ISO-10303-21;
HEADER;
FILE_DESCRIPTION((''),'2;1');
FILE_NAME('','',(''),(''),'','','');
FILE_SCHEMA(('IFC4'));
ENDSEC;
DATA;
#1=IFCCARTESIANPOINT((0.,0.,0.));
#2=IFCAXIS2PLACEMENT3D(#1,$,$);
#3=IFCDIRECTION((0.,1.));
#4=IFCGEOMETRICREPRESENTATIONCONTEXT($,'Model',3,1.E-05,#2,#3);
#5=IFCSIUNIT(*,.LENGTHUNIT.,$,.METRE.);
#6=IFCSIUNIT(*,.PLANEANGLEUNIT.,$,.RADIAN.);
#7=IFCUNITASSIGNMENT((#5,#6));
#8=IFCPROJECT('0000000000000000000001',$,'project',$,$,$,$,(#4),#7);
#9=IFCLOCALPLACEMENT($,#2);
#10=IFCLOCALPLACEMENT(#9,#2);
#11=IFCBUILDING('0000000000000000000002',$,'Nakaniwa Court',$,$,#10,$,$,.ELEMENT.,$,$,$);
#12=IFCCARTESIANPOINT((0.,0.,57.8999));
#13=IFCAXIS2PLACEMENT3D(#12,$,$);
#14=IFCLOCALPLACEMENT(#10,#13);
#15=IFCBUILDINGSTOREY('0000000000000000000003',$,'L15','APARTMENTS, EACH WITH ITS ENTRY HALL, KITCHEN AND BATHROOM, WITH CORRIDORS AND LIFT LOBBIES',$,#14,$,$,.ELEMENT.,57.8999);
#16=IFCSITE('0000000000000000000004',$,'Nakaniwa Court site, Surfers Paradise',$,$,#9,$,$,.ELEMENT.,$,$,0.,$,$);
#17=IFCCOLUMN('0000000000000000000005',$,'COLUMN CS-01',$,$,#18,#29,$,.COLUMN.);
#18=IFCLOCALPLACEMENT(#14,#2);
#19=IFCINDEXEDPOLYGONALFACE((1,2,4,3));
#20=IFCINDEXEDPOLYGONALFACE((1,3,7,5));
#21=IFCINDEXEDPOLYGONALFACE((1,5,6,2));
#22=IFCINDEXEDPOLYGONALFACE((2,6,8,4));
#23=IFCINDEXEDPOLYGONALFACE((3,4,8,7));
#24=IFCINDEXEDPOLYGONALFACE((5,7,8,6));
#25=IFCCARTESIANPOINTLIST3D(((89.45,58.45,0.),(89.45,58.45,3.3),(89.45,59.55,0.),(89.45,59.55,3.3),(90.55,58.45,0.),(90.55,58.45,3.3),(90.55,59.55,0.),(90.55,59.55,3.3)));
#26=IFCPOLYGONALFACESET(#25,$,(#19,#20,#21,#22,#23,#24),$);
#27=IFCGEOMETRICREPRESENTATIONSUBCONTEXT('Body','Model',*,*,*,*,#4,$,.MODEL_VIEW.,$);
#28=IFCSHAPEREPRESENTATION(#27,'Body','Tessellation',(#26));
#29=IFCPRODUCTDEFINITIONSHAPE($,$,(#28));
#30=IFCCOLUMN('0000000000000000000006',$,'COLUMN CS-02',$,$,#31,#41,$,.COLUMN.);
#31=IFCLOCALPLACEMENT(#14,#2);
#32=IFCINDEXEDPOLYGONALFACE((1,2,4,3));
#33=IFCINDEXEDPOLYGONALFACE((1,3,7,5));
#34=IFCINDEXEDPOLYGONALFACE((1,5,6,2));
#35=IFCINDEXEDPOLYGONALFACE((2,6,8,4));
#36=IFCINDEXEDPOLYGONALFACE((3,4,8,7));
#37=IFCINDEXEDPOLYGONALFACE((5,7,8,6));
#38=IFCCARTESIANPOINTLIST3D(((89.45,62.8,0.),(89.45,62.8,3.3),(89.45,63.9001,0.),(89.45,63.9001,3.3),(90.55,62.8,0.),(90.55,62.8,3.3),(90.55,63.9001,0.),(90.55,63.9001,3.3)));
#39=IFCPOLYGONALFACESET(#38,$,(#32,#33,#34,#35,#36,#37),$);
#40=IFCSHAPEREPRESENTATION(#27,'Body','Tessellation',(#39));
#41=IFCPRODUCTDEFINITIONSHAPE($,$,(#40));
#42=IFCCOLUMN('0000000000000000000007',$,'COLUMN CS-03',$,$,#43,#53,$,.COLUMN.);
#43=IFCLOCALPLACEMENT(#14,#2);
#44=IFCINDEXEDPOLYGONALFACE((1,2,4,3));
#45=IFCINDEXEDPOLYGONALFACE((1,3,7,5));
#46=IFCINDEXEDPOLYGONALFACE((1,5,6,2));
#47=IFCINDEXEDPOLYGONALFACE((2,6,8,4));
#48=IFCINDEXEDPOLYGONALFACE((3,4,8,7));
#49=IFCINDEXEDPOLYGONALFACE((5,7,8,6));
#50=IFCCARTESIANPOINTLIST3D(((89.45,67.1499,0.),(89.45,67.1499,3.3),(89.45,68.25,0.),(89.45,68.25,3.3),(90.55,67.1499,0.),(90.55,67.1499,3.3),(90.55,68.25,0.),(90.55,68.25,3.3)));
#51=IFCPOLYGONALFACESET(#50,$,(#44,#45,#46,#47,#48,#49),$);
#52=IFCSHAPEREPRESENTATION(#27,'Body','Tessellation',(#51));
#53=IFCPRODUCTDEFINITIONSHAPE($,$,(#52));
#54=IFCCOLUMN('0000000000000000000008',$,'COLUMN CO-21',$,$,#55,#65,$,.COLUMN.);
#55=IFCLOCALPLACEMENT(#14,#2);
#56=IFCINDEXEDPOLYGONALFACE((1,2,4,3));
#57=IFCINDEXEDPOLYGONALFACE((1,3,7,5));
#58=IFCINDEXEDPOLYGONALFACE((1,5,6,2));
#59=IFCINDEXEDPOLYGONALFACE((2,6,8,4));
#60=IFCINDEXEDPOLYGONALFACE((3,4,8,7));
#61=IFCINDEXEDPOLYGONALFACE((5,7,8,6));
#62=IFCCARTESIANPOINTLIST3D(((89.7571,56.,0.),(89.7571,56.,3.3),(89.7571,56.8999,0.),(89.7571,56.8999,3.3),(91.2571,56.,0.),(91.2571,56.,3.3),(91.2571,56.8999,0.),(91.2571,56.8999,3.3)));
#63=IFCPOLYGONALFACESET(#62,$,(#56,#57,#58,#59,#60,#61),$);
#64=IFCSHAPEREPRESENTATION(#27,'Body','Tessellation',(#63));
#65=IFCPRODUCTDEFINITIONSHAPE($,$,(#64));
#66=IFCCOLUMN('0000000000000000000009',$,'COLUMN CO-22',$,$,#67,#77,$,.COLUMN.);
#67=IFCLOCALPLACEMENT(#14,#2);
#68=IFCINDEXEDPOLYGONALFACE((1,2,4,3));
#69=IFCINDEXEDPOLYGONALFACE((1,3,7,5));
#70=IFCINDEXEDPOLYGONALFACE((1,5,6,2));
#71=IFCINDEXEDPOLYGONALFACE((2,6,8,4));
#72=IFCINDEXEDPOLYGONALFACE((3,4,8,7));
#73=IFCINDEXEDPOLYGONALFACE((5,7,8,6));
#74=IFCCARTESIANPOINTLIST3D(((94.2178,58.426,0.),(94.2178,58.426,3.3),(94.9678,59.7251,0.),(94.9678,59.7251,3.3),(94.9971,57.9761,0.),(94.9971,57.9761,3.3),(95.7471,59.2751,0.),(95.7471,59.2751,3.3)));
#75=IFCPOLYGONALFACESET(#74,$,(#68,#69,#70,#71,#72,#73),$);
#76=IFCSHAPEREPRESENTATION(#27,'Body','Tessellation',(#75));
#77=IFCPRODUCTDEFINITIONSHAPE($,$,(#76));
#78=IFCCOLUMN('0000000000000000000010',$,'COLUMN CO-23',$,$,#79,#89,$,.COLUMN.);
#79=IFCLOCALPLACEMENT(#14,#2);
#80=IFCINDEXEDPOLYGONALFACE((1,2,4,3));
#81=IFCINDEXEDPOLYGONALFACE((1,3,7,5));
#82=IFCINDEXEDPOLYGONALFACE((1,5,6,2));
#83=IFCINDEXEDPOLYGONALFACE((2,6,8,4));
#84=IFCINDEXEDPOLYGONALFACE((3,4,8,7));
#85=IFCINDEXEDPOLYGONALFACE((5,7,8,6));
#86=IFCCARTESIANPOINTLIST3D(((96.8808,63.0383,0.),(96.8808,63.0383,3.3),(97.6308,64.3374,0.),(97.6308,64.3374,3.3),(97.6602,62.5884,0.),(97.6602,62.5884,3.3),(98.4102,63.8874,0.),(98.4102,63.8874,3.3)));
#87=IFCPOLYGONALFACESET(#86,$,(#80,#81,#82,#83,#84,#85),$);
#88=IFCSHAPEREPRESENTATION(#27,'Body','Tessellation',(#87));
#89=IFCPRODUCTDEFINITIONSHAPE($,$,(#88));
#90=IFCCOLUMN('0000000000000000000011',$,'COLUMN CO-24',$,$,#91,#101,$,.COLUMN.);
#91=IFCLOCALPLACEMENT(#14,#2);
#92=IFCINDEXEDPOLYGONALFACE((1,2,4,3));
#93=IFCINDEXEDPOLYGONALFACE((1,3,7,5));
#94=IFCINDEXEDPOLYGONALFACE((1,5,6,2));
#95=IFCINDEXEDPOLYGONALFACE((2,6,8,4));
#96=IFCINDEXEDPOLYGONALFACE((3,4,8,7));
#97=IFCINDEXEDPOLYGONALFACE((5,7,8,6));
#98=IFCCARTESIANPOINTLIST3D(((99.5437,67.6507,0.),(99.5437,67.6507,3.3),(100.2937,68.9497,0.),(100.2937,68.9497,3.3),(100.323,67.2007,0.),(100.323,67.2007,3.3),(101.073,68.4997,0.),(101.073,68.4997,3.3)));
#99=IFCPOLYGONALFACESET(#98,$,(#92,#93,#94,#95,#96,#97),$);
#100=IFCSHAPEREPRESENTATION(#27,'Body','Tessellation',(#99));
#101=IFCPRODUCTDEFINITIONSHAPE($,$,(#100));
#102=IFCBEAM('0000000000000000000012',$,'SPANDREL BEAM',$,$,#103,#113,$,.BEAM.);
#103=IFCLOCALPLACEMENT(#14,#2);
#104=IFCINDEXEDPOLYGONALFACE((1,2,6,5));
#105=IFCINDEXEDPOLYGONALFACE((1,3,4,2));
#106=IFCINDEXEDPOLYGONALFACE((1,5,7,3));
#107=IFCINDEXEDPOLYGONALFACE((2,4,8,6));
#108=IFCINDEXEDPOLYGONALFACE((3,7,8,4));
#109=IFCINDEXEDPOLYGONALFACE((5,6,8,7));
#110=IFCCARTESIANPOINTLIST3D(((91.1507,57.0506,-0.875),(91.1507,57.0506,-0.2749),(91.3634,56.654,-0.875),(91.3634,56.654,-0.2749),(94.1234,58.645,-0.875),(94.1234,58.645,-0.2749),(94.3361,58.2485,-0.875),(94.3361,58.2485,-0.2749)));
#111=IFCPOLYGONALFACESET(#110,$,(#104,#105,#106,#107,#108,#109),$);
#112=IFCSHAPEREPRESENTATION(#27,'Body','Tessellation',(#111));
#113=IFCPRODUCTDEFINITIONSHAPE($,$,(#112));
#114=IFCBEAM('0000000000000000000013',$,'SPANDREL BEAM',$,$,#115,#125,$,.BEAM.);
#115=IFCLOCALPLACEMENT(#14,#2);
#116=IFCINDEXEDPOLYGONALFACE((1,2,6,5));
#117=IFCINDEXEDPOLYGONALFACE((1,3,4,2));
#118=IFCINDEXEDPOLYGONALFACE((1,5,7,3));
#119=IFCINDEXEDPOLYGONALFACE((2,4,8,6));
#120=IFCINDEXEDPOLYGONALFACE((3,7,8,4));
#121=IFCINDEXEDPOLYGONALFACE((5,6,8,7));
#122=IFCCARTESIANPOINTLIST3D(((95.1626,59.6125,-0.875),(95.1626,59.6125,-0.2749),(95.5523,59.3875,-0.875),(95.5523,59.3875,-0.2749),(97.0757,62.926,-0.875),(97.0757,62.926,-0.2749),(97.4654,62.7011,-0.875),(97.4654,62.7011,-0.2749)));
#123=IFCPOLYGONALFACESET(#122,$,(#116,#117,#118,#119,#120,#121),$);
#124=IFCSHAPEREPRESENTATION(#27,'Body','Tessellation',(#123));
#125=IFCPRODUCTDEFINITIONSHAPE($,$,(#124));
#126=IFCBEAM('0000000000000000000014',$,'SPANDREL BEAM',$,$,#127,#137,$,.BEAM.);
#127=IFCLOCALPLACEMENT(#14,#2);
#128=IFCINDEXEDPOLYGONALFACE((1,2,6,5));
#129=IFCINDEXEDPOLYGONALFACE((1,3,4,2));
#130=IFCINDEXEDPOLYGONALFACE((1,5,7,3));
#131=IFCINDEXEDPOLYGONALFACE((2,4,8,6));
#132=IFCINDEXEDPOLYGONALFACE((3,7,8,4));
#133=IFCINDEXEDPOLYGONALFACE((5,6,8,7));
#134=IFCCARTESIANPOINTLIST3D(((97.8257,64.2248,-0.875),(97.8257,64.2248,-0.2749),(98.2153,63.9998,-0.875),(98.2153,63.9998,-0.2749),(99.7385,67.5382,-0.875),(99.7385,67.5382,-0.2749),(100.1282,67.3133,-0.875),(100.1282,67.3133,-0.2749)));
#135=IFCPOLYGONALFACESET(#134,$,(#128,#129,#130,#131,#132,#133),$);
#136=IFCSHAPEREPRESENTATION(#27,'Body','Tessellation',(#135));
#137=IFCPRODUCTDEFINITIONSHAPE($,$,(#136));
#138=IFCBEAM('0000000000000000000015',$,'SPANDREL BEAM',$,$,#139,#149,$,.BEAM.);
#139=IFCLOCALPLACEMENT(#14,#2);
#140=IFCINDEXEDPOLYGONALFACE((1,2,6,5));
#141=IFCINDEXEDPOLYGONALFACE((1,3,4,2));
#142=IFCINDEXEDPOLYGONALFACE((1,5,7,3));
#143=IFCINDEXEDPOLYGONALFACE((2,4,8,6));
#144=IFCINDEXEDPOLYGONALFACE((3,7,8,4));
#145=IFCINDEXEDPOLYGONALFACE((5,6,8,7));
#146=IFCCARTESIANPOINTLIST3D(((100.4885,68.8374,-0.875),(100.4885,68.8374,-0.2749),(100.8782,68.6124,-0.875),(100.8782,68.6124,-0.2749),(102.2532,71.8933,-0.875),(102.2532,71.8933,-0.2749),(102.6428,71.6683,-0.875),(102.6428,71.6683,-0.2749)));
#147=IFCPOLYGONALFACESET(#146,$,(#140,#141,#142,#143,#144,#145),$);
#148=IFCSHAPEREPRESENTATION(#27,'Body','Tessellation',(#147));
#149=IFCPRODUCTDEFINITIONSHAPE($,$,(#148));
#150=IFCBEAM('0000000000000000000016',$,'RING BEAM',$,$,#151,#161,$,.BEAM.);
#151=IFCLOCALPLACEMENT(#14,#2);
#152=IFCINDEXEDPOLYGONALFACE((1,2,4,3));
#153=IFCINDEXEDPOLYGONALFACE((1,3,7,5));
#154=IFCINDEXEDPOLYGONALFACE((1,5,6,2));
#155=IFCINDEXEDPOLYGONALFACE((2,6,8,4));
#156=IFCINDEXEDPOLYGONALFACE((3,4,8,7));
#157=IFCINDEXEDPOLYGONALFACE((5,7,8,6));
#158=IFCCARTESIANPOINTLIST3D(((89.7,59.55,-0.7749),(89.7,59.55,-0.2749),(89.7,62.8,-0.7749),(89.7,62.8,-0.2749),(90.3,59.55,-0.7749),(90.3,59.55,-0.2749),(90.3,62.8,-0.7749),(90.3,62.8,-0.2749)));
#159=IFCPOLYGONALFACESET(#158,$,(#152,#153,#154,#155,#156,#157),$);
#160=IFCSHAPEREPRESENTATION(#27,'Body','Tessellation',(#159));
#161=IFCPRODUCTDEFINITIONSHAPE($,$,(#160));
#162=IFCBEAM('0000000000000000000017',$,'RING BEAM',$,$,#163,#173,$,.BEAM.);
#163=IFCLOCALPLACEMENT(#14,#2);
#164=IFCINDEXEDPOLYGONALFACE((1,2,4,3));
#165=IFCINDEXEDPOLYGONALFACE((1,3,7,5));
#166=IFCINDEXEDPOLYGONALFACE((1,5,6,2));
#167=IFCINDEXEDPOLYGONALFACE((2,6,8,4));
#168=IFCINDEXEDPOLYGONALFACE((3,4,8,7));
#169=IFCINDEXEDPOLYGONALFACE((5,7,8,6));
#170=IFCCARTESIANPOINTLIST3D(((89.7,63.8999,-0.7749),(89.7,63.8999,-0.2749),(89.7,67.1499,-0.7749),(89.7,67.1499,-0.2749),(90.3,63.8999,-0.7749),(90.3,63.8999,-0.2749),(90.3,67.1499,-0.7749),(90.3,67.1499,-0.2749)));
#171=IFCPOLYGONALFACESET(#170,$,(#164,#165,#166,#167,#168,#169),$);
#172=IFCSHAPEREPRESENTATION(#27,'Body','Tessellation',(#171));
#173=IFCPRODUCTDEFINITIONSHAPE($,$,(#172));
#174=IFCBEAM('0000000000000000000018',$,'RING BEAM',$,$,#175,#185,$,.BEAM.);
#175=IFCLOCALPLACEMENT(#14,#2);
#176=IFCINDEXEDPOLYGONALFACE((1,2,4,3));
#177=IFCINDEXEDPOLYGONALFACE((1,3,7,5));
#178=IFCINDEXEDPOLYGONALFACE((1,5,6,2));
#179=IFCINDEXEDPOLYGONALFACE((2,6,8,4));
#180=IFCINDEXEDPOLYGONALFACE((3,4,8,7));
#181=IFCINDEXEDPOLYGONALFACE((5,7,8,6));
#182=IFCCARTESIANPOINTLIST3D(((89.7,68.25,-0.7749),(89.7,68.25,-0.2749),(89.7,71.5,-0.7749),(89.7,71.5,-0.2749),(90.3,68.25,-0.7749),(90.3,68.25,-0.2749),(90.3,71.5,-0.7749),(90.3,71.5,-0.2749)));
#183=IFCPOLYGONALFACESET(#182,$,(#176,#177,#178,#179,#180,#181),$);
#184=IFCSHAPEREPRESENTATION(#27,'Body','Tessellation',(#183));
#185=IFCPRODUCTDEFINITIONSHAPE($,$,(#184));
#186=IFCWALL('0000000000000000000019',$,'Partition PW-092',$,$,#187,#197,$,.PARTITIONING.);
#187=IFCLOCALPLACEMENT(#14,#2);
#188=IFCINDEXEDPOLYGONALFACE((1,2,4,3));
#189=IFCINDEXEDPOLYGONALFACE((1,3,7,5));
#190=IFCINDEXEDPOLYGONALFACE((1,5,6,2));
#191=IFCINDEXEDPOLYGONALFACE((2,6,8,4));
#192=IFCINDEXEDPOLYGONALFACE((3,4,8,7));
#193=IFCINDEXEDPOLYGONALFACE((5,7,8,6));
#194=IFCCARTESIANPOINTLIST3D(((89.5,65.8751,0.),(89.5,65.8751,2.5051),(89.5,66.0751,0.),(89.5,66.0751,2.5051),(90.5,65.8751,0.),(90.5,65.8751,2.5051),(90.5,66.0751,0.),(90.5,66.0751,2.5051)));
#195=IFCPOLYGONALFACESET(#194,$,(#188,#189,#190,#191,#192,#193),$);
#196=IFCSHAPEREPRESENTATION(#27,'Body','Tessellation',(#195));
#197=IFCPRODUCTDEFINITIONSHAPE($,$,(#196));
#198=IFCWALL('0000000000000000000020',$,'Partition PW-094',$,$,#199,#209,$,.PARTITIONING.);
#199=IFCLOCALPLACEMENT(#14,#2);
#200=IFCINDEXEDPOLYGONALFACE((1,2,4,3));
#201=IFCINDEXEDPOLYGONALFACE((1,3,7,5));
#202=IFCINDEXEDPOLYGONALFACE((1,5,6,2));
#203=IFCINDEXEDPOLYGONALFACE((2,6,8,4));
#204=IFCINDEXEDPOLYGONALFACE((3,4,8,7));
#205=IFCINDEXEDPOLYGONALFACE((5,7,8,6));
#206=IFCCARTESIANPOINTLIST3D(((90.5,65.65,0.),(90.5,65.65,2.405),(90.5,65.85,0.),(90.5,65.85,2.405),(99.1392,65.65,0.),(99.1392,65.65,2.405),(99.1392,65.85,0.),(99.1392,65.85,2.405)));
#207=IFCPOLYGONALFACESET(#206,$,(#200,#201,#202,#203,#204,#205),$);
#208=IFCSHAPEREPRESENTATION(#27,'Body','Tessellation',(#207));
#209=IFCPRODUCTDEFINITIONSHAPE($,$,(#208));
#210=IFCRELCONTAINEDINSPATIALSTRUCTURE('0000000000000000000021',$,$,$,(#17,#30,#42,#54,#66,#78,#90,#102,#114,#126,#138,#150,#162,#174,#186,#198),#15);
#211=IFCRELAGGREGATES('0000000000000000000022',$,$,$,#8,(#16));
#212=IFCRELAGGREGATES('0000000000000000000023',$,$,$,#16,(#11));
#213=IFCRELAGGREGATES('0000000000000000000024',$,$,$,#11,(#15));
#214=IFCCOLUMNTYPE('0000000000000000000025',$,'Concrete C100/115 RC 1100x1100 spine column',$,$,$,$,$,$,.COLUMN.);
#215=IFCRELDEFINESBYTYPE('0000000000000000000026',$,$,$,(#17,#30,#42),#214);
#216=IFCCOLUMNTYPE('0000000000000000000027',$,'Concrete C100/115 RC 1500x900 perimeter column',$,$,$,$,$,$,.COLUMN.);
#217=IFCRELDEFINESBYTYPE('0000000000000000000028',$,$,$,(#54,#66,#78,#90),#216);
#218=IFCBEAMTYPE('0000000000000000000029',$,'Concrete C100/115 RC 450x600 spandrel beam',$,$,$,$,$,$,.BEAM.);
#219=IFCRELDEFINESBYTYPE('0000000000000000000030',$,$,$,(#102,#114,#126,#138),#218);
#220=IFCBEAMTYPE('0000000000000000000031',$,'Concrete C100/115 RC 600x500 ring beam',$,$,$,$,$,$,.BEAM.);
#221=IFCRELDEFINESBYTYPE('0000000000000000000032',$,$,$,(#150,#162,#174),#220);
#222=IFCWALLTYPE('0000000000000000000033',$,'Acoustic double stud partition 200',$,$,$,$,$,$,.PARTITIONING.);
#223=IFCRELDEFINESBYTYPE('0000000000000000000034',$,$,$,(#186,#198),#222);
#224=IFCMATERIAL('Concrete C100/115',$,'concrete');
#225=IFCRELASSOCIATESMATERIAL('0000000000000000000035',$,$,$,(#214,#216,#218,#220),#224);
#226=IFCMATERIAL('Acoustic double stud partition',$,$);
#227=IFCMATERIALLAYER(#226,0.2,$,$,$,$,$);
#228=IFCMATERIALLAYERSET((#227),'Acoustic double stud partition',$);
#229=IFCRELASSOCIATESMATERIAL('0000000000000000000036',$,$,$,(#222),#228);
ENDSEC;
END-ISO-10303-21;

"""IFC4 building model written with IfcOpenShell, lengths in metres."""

from ifc_helpers import new_model, si_unit, direction, frame, frame_2d, origin, origin_2d, place, context, subcontext, project, spatial, rectangle, extrude, material, layer, layer_set, material_profile, profile_set, type_object, element, save


model = new_model("IFC4")

# Units and contexts
model_context = context("Model", 3, precision=1e-05, world=origin(), true_north=direction((0.0, 1.0)))
body_context = subcontext(model_context, "Body", "Model", "MODEL_VIEW")
ifc_project = project(units=[si_unit("LENGTHUNIT", "METRE"), si_unit("PLANEANGLEUNIT", "RADIAN")], contexts=[model_context])

# Site, building, storey
site_placement = place(None, origin())
site = spatial("IfcSite", under=ifc_project, at=site_placement, Name="Nakaniwa Court site, Surfers Paradise", CompositionType="ELEMENT", RefElevation=0.0)
building_placement = place(site_placement, origin())
building = spatial("IfcBuilding", under=site, at=building_placement, Name="Nakaniwa Court", CompositionType="ELEMENT")
storey_placement = place(building_placement, frame((0.0, 0.0, 57.8999)))
storey = spatial("IfcBuildingStorey", under=building, at=storey_placement, Name="L15", Description="APARTMENTS, EACH WITH ITS ENTRY HALL, KITCHEN AND BATHROOM, WITH CORRIDORS AND LIFT LOBBIES", CompositionType="ELEMENT", Elevation=57.8999)

# Columns
ifc_material_1 = material(Name="Concrete C100/115", Category="concrete")
ifc_material_profile_1 = material_profile(ifc_material_1, rectangle(XDim=1.1001, YDim=1.1001, at=origin_2d()), Name="Concrete C100/115 RC 1100x1100 spine column")
ifc_profile_set_1 = profile_set([ifc_material_profile_1], Name="Concrete C100/115")
column_type_1 = type_object("IfcColumnType", Name="Concrete C100/115 RC 1100x1100 spine column", PredefinedType="COLUMN", material=ifc_profile_set_1)
for number, where, z_axis, x_axis, name in (
    (1, (90.0, 59.0, 0.0), (0.0, 0.0, 1.0), (0.0, 1.0, 0.0), "COLUMN CS-01"),
    (2, (90.0, 63.3501, 0.0), (0.0, 0.0, 1.0), (0.0, 1.0, 0.0), "COLUMN CS-02"),
    (3, (90.0, 67.7, 0.0), (0.0, 0.0, 1.0), (0.0, 1.0, 0.0), "COLUMN CS-03"),
):
    element("IfcColumn", number, at=place(storey_placement, frame(where, z_axis=z_axis, x_axis=x_axis)), inside=storey, type_object=column_type_1, Name=name, PredefinedType="COLUMN", context=body_context, shape_type="SweptSolid", body=[
        extrude(rectangle(XDim=1.1001, YDim=1.1001, at=origin_2d()), origin(), (0.0, 0.0, 1.0), 3.3),
    ])
ifc_material_profile_2 = material_profile(ifc_material_1, rectangle(XDim=1.5, YDim=0.8999, at=origin_2d()), Name="Concrete C100/115 RC 1500x900 perimeter column")
ifc_profile_set_2 = profile_set([ifc_material_profile_2], Name="Concrete C100/115")
column_type_2 = type_object("IfcColumnType", Name="Concrete C100/115 RC 1500x900 perimeter column", PredefinedType="COLUMN", material=ifc_profile_set_2)
for number, where, z_axis, x_axis, name in (
    (4, (90.5071, 56.45, 0.0), (0.0, 0.0, 1.0), (1.0, 0.0, 0.0), "COLUMN CO-21"),
    (5, (94.9824, 58.8506, 0.0), (0.0, 0.0, 1.0), (0.5, 0.866025, 0.0), "COLUMN CO-22"),
    (6, (97.6455, 63.4629, 0.0), (0.0, 0.0, 1.0), (0.5, 0.866025, 0.0), "COLUMN CO-23"),
    (7, (100.3083, 68.0752, 0.0), (0.0, 0.0, 1.0), (0.5, 0.866025, 0.0), "COLUMN CO-24"),
):
    element("IfcColumn", number, at=place(storey_placement, frame(where, z_axis=z_axis, x_axis=x_axis)), inside=storey, type_object=column_type_2, Name=name, PredefinedType="COLUMN", context=body_context, shape_type="SweptSolid", body=[
        extrude(rectangle(XDim=1.5, YDim=0.8999, at=origin_2d()), origin(), (0.0, 0.0, 1.0), 3.3),
    ])

# Beams
ifc_material_profile_3 = material_profile(ifc_material_1, rectangle(XDim=0.45, YDim=0.6001, at=origin_2d()), Name="Concrete C100/115 RC 450x600 spandrel beam")
ifc_profile_set_3 = profile_set([ifc_material_profile_3], Name="Concrete C100/115")
beam_type_1 = type_object("IfcBeamType", Name="Concrete C100/115 RC 450x600 spandrel beam", PredefinedType="BEAM", material=ifc_profile_set_3)
beam_1_placement = place(storey_placement, frame((91.2571, 56.8523, -0.575), z_axis=(0.881235, 0.472679, 0.0), x_axis=(-0.472679, 0.881235, 0.0)))
element("IfcBeam", 8, at=beam_1_placement, inside=storey, type_object=beam_type_1, Name="SPANDREL BEAM", PredefinedType="BEAM", context=body_context, shape_type="SweptSolid", body=[
    extrude(rectangle(XDim=0.45, YDim=0.6001, at=origin_2d()), origin(), (0.0, 0.0, 1.0), 3.3733),
])
beam_2_placement = place(storey_placement, frame((95.3574, 59.5, -0.575), z_axis=(0.50001, 0.86602, 0.0), x_axis=(-0.86602, 0.50001, 0.0)))
element("IfcBeam", 9, at=beam_2_placement, inside=storey, type_object=beam_type_1, Name="SPANDREL BEAM", PredefinedType="BEAM", context=body_context, shape_type="SweptSolid", body=[
    extrude(rectangle(XDim=0.45, YDim=0.6001, at=origin_2d()), origin(), (0.0, 0.0, 1.0), 3.8262),
])
beam_3_placement = place(storey_placement, frame((98.0205, 64.1123, -0.575), z_axis=(0.499962, 0.866047, 0.0), x_axis=(-0.866047, 0.499962, 0.0)))
element("IfcBeam", 10, at=beam_3_placement, inside=storey, type_object=beam_type_1, Name="SPANDREL BEAM", PredefinedType="BEAM", context=body_context, shape_type="SweptSolid", body=[
    extrude(rectangle(XDim=0.45, YDim=0.6001, at=origin_2d()), origin(), (0.0, 0.0, 1.0), 3.8259),
])
beam_4_placement = place(storey_placement, frame((100.6833, 68.7249, -0.575), z_axis=(0.500068, 0.865986, 0.0), x_axis=(-0.865986, 0.500068, 0.0)))
element("IfcBeam", 11, at=beam_4_placement, inside=storey, type_object=beam_type_1, Name="SPANDREL BEAM", PredefinedType="BEAM", context=body_context, shape_type="SweptSolid", body=[
    extrude(rectangle(XDim=0.45, YDim=0.6001, at=origin_2d()), origin(), (0.0, 0.0, 1.0), 3.5288),
])
ifc_material_profile_4 = material_profile(ifc_material_1, rectangle(XDim=0.6001, YDim=0.5, at=origin_2d()), Name="Concrete C100/115 RC 600x500 ring beam")
ifc_profile_set_4 = profile_set([ifc_material_profile_4], Name="Concrete C100/115")
beam_type_2 = type_object("IfcBeamType", Name="Concrete C100/115 RC 600x500 ring beam", PredefinedType="BEAM", material=ifc_profile_set_4)
for number, where, z_axis, x_axis, name in (
    (12, (90.0, 59.55, -0.5249), (0.0, 1.0, 0.0), (-1.0, 0.0, 0.0), "RING BEAM"),
    (13, (90.0, 63.8999, -0.5249), (0.0, 1.0, 0.0), (-1.0, 0.0, 0.0), "RING BEAM"),
    (14, (90.0, 68.25, -0.5249), (0.0, 1.0, 0.0), (-1.0, 0.0, 0.0), "RING BEAM"),
):
    element("IfcBeam", number, at=place(storey_placement, frame(where, z_axis=z_axis, x_axis=x_axis)), inside=storey, type_object=beam_type_2, Name=name, PredefinedType="BEAM", context=body_context, shape_type="SweptSolid", body=[
        extrude(rectangle(XDim=0.6001, YDim=0.5, at=origin_2d()), origin(), (0.0, 0.0, 1.0), 3.25),
    ])

# Walls
ifc_material_2 = material(Name="Acoustic double stud partition")
ifc_layer_1 = layer(ifc_material_2, 0.2)
ifc_layer_set_1 = layer_set([ifc_layer_1], Name="Acoustic double stud partition")
wall_type_1 = type_object("IfcWallType", Name="Acoustic double stud partition 200", PredefinedType="PARTITIONING", material=ifc_layer_set_1)
wall_1_placement = place(storey_placement, frame((89.5, 65.9751, 0.0), z_axis=(0.0, 0.0, 1.0), x_axis=(1.0, 0.0, 0.0)))
element("IfcWall", 15, at=wall_1_placement, inside=storey, type_object=wall_type_1, Name="Partition PW-092", PredefinedType="PARTITIONING", context=body_context, shape_type="SweptSolid", body=[
    extrude(rectangle(XDim=1.0, YDim=0.2, at=frame_2d((0.5, 0.0))), origin(), (0.0, 0.0, 1.0), 2.5051),
])
wall_2_placement = place(storey_placement, frame((90.5, 65.75, 0.0), z_axis=(0.0, 0.0, 1.0), x_axis=(1.0, 0.0, 0.0)))
element("IfcWall", 16, at=wall_2_placement, inside=storey, type_object=wall_type_1, Name="Partition PW-094", PredefinedType="PARTITIONING", context=body_context, shape_type="SweptSolid", body=[
    extrude(rectangle(XDim=8.6392, YDim=0.2, at=frame_2d((4.3196, 0.0))), origin(), (0.0, 0.0, 1.0), 2.405),
])

save(model, "model.ifc")
